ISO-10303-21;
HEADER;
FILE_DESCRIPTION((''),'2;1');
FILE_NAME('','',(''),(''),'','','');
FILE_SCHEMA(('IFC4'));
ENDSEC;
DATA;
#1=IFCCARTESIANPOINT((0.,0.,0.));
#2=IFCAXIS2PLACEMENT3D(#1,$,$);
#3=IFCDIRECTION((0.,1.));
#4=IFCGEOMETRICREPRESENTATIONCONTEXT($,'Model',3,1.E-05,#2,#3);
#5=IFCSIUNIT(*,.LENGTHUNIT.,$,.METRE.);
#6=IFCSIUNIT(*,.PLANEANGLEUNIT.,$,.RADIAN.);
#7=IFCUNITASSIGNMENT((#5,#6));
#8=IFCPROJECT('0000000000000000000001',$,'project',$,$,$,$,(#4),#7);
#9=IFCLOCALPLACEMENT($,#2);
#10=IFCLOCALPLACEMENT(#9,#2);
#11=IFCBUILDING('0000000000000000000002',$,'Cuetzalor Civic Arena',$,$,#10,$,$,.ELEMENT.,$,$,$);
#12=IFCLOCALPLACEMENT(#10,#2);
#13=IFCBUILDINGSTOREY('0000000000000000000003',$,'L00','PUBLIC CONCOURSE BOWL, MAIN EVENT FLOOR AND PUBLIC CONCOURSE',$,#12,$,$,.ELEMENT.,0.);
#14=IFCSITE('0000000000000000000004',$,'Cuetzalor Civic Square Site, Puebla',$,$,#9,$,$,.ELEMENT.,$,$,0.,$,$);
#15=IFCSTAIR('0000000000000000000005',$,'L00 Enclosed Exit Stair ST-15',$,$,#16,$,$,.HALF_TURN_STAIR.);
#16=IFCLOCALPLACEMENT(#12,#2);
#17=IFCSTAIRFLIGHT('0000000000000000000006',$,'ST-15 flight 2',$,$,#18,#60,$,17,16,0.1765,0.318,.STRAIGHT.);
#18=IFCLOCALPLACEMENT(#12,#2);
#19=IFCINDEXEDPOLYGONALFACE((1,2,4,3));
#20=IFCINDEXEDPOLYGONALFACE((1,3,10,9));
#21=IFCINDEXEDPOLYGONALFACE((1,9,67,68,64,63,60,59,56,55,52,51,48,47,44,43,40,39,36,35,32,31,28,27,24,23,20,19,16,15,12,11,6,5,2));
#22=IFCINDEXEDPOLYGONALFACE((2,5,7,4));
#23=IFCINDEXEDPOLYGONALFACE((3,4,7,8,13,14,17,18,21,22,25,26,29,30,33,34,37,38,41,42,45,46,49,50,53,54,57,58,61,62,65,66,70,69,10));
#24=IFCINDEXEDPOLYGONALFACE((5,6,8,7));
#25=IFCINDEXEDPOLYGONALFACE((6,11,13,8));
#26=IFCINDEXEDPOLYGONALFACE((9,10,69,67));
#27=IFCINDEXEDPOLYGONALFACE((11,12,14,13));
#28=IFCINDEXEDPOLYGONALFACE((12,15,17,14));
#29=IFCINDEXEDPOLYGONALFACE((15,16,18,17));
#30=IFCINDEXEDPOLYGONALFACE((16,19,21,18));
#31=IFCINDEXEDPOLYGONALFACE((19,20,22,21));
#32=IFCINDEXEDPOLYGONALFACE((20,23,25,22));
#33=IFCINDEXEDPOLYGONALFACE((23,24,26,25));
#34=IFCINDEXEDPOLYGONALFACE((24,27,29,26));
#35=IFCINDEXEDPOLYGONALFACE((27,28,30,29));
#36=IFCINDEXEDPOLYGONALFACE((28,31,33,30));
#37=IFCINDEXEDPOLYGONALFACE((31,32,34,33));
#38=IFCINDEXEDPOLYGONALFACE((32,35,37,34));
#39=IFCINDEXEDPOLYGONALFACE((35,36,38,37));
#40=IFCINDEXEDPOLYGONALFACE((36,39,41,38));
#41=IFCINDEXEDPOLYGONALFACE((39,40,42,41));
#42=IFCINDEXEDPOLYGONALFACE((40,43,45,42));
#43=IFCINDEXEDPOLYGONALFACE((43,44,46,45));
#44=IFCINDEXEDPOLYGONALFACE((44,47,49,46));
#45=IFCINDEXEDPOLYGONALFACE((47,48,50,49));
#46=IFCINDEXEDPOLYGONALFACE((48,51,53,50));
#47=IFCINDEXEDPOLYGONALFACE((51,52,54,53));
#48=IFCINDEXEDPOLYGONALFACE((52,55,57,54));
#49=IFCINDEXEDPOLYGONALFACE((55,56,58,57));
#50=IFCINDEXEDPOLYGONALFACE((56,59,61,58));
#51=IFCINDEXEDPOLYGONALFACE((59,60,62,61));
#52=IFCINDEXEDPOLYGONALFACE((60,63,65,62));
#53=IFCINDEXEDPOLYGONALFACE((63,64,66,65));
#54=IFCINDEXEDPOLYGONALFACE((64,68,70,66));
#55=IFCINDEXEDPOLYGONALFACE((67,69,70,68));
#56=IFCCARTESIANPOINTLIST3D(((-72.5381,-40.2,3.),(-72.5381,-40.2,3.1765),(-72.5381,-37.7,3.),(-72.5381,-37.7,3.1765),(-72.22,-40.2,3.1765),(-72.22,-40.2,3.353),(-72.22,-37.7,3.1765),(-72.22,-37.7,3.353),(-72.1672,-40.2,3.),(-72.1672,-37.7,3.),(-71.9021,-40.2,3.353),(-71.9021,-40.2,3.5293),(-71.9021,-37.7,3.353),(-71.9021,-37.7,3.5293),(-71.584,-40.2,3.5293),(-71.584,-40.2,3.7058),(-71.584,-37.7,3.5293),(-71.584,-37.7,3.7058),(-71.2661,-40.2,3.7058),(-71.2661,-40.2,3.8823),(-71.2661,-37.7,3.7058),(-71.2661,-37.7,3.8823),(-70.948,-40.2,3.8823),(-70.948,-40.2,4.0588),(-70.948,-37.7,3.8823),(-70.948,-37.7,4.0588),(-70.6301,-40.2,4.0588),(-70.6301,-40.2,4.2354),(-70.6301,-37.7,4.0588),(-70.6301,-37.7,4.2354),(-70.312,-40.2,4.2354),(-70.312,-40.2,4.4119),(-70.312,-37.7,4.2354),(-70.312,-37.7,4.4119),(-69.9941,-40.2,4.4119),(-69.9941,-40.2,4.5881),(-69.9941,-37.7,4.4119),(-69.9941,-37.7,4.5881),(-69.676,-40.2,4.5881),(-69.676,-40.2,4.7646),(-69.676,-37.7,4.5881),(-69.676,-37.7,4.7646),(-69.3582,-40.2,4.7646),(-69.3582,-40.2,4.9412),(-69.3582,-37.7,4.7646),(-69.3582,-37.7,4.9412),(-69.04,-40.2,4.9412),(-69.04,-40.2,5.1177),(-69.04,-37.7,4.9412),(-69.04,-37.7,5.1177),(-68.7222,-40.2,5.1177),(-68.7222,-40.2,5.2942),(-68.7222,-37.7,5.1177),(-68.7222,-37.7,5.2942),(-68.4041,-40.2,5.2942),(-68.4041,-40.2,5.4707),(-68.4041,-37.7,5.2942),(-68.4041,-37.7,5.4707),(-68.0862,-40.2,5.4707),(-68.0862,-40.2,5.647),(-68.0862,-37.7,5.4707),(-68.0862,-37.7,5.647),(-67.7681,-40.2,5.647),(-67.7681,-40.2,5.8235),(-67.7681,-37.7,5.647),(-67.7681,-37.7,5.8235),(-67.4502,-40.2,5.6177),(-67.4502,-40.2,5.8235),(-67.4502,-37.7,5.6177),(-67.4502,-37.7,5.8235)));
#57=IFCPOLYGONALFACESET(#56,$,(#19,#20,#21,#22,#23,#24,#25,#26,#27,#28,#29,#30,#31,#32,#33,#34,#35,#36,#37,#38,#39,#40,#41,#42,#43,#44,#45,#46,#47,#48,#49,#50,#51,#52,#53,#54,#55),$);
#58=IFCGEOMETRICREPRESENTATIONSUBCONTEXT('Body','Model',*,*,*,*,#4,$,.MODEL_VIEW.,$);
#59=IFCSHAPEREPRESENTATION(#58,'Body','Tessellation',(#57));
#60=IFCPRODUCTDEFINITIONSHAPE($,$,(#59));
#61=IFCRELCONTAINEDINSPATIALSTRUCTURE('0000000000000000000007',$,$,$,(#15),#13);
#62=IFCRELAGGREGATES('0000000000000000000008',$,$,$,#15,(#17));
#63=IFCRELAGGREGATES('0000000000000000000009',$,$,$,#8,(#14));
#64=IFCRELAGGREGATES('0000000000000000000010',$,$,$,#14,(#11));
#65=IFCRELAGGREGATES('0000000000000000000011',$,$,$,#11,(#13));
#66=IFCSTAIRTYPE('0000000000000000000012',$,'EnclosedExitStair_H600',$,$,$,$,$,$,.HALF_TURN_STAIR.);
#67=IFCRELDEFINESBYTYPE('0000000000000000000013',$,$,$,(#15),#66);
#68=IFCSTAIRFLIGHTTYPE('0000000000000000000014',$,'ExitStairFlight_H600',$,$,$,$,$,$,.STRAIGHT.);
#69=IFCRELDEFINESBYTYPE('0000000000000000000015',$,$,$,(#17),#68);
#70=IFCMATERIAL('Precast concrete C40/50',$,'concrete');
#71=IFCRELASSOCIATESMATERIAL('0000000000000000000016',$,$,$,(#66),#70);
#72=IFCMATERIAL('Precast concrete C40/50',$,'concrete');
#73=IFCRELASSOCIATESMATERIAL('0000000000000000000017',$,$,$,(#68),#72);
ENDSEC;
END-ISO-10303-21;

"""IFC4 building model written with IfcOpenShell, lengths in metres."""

from ifc_helpers import new_model, si_unit, direction, frame, origin, place, context, subcontext, project, spatial, polyline, outline, extrude, material, type_object, element, aggregate, save


model = new_model("IFC4")

# Units and contexts
model_context = context("Model", 3, precision=1e-05, world=origin(), true_north=direction((0.0, 1.0)))
body_context = subcontext(model_context, "Body", "Model", "MODEL_VIEW")
ifc_project = project(units=[si_unit("LENGTHUNIT", "METRE"), si_unit("PLANEANGLEUNIT", "RADIAN")], contexts=[model_context])

# Site, building, storey
site_placement = place(None, origin())
site = spatial("IfcSite", under=ifc_project, at=site_placement, Name="Cuetzalor Civic Square Site, Puebla", CompositionType="ELEMENT", RefElevation=0.0)
building_placement = place(site_placement, origin())
building = spatial("IfcBuilding", under=site, at=building_placement, Name="Cuetzalor Civic Arena", CompositionType="ELEMENT")
storey_placement = place(building_placement, origin())
storey = spatial("IfcBuildingStorey", under=building, at=storey_placement, Name="L00", Description="PUBLIC CONCOURSE BOWL, MAIN EVENT FLOOR AND PUBLIC CONCOURSE", CompositionType="ELEMENT", Elevation=0.0)

# Shared definitions
ifc_material_1 = material(Name="Precast concrete C40/50", Category="concrete")
stair_type = type_object("IfcStairType", Name="EnclosedExitStair_H600", PredefinedType="HALF_TURN_STAIR", material=ifc_material_1)
ifc_material_2 = material(Name="Precast concrete C40/50", Category="concrete")
stair_flight_type = type_object("IfcStairFlightType", Name="ExitStairFlight_H600", PredefinedType="STRAIGHT", material=ifc_material_2)

# Stair, stair flight
stair_1_placement = place(storey_placement, origin())
stair_1 = element("IfcStair", 1, at=stair_1_placement, inside=storey, type_object=stair_type, Name="L00 Enclosed Exit Stair ST-15", PredefinedType="HALF_TURN_STAIR")
stair_flight_1_placement = place(storey_placement, frame((-72.5381, -38.95, 3.0), z_axis=(0.0, 0.0, 1.0), x_axis=(1.0, 0.0, 0.0)))
stair_flight_1 = element("IfcStairFlight", 2, at=stair_flight_1_placement, type_object=stair_flight_type, Name="ST-15 flight 2", NumberOfRisers=17, NumberOfTreads=16, PredefinedType="STRAIGHT", RiserHeight=0.1765, TreadLength=0.318, context=body_context, shape_type="SweptSolid", body=[
    extrude(outline(polyline([(0.0, 0.0), (0.0, 0.1765), (0.3181, 0.1765), (0.3181, 0.353), (0.636, 0.353), (0.636, 0.5293), (0.9541, 0.5293), (0.9541, 0.7058), (1.272, 0.7058), (1.272, 0.8823), (1.5901, 0.8823), (1.5901, 1.0588), (1.908, 1.0588), (1.908, 1.2354), (2.2261, 1.2354), (2.2261, 1.4119), (2.5439, 1.4119), (2.5439, 1.5881), (2.8621, 1.5881), (2.8621, 1.7646), (3.1799, 1.7646), (3.1799, 1.9412), (3.498, 1.9412), (3.498, 2.1177), (3.8159, 2.1177), (3.8159, 2.2942), (4.134, 2.2942), (4.134, 2.4707), (4.4519, 2.4707), (4.4519, 2.647), (4.77, 2.647), (4.77, 2.8235), (5.0879, 2.8235), (5.0879, 3.0), (5.0879, 2.6177), (0.3708, 0.0), (0.0, 0.0)])), frame((0.0, 1.25, 0.0), z_axis=(0.0, -1.0, 0.0), x_axis=(1.0, 0.0, 0.0)), (0.0, 0.0, 1.0), 2.5),
])
aggregate(stair_1, [stair_flight_1])

save(model, "model.ifc")
